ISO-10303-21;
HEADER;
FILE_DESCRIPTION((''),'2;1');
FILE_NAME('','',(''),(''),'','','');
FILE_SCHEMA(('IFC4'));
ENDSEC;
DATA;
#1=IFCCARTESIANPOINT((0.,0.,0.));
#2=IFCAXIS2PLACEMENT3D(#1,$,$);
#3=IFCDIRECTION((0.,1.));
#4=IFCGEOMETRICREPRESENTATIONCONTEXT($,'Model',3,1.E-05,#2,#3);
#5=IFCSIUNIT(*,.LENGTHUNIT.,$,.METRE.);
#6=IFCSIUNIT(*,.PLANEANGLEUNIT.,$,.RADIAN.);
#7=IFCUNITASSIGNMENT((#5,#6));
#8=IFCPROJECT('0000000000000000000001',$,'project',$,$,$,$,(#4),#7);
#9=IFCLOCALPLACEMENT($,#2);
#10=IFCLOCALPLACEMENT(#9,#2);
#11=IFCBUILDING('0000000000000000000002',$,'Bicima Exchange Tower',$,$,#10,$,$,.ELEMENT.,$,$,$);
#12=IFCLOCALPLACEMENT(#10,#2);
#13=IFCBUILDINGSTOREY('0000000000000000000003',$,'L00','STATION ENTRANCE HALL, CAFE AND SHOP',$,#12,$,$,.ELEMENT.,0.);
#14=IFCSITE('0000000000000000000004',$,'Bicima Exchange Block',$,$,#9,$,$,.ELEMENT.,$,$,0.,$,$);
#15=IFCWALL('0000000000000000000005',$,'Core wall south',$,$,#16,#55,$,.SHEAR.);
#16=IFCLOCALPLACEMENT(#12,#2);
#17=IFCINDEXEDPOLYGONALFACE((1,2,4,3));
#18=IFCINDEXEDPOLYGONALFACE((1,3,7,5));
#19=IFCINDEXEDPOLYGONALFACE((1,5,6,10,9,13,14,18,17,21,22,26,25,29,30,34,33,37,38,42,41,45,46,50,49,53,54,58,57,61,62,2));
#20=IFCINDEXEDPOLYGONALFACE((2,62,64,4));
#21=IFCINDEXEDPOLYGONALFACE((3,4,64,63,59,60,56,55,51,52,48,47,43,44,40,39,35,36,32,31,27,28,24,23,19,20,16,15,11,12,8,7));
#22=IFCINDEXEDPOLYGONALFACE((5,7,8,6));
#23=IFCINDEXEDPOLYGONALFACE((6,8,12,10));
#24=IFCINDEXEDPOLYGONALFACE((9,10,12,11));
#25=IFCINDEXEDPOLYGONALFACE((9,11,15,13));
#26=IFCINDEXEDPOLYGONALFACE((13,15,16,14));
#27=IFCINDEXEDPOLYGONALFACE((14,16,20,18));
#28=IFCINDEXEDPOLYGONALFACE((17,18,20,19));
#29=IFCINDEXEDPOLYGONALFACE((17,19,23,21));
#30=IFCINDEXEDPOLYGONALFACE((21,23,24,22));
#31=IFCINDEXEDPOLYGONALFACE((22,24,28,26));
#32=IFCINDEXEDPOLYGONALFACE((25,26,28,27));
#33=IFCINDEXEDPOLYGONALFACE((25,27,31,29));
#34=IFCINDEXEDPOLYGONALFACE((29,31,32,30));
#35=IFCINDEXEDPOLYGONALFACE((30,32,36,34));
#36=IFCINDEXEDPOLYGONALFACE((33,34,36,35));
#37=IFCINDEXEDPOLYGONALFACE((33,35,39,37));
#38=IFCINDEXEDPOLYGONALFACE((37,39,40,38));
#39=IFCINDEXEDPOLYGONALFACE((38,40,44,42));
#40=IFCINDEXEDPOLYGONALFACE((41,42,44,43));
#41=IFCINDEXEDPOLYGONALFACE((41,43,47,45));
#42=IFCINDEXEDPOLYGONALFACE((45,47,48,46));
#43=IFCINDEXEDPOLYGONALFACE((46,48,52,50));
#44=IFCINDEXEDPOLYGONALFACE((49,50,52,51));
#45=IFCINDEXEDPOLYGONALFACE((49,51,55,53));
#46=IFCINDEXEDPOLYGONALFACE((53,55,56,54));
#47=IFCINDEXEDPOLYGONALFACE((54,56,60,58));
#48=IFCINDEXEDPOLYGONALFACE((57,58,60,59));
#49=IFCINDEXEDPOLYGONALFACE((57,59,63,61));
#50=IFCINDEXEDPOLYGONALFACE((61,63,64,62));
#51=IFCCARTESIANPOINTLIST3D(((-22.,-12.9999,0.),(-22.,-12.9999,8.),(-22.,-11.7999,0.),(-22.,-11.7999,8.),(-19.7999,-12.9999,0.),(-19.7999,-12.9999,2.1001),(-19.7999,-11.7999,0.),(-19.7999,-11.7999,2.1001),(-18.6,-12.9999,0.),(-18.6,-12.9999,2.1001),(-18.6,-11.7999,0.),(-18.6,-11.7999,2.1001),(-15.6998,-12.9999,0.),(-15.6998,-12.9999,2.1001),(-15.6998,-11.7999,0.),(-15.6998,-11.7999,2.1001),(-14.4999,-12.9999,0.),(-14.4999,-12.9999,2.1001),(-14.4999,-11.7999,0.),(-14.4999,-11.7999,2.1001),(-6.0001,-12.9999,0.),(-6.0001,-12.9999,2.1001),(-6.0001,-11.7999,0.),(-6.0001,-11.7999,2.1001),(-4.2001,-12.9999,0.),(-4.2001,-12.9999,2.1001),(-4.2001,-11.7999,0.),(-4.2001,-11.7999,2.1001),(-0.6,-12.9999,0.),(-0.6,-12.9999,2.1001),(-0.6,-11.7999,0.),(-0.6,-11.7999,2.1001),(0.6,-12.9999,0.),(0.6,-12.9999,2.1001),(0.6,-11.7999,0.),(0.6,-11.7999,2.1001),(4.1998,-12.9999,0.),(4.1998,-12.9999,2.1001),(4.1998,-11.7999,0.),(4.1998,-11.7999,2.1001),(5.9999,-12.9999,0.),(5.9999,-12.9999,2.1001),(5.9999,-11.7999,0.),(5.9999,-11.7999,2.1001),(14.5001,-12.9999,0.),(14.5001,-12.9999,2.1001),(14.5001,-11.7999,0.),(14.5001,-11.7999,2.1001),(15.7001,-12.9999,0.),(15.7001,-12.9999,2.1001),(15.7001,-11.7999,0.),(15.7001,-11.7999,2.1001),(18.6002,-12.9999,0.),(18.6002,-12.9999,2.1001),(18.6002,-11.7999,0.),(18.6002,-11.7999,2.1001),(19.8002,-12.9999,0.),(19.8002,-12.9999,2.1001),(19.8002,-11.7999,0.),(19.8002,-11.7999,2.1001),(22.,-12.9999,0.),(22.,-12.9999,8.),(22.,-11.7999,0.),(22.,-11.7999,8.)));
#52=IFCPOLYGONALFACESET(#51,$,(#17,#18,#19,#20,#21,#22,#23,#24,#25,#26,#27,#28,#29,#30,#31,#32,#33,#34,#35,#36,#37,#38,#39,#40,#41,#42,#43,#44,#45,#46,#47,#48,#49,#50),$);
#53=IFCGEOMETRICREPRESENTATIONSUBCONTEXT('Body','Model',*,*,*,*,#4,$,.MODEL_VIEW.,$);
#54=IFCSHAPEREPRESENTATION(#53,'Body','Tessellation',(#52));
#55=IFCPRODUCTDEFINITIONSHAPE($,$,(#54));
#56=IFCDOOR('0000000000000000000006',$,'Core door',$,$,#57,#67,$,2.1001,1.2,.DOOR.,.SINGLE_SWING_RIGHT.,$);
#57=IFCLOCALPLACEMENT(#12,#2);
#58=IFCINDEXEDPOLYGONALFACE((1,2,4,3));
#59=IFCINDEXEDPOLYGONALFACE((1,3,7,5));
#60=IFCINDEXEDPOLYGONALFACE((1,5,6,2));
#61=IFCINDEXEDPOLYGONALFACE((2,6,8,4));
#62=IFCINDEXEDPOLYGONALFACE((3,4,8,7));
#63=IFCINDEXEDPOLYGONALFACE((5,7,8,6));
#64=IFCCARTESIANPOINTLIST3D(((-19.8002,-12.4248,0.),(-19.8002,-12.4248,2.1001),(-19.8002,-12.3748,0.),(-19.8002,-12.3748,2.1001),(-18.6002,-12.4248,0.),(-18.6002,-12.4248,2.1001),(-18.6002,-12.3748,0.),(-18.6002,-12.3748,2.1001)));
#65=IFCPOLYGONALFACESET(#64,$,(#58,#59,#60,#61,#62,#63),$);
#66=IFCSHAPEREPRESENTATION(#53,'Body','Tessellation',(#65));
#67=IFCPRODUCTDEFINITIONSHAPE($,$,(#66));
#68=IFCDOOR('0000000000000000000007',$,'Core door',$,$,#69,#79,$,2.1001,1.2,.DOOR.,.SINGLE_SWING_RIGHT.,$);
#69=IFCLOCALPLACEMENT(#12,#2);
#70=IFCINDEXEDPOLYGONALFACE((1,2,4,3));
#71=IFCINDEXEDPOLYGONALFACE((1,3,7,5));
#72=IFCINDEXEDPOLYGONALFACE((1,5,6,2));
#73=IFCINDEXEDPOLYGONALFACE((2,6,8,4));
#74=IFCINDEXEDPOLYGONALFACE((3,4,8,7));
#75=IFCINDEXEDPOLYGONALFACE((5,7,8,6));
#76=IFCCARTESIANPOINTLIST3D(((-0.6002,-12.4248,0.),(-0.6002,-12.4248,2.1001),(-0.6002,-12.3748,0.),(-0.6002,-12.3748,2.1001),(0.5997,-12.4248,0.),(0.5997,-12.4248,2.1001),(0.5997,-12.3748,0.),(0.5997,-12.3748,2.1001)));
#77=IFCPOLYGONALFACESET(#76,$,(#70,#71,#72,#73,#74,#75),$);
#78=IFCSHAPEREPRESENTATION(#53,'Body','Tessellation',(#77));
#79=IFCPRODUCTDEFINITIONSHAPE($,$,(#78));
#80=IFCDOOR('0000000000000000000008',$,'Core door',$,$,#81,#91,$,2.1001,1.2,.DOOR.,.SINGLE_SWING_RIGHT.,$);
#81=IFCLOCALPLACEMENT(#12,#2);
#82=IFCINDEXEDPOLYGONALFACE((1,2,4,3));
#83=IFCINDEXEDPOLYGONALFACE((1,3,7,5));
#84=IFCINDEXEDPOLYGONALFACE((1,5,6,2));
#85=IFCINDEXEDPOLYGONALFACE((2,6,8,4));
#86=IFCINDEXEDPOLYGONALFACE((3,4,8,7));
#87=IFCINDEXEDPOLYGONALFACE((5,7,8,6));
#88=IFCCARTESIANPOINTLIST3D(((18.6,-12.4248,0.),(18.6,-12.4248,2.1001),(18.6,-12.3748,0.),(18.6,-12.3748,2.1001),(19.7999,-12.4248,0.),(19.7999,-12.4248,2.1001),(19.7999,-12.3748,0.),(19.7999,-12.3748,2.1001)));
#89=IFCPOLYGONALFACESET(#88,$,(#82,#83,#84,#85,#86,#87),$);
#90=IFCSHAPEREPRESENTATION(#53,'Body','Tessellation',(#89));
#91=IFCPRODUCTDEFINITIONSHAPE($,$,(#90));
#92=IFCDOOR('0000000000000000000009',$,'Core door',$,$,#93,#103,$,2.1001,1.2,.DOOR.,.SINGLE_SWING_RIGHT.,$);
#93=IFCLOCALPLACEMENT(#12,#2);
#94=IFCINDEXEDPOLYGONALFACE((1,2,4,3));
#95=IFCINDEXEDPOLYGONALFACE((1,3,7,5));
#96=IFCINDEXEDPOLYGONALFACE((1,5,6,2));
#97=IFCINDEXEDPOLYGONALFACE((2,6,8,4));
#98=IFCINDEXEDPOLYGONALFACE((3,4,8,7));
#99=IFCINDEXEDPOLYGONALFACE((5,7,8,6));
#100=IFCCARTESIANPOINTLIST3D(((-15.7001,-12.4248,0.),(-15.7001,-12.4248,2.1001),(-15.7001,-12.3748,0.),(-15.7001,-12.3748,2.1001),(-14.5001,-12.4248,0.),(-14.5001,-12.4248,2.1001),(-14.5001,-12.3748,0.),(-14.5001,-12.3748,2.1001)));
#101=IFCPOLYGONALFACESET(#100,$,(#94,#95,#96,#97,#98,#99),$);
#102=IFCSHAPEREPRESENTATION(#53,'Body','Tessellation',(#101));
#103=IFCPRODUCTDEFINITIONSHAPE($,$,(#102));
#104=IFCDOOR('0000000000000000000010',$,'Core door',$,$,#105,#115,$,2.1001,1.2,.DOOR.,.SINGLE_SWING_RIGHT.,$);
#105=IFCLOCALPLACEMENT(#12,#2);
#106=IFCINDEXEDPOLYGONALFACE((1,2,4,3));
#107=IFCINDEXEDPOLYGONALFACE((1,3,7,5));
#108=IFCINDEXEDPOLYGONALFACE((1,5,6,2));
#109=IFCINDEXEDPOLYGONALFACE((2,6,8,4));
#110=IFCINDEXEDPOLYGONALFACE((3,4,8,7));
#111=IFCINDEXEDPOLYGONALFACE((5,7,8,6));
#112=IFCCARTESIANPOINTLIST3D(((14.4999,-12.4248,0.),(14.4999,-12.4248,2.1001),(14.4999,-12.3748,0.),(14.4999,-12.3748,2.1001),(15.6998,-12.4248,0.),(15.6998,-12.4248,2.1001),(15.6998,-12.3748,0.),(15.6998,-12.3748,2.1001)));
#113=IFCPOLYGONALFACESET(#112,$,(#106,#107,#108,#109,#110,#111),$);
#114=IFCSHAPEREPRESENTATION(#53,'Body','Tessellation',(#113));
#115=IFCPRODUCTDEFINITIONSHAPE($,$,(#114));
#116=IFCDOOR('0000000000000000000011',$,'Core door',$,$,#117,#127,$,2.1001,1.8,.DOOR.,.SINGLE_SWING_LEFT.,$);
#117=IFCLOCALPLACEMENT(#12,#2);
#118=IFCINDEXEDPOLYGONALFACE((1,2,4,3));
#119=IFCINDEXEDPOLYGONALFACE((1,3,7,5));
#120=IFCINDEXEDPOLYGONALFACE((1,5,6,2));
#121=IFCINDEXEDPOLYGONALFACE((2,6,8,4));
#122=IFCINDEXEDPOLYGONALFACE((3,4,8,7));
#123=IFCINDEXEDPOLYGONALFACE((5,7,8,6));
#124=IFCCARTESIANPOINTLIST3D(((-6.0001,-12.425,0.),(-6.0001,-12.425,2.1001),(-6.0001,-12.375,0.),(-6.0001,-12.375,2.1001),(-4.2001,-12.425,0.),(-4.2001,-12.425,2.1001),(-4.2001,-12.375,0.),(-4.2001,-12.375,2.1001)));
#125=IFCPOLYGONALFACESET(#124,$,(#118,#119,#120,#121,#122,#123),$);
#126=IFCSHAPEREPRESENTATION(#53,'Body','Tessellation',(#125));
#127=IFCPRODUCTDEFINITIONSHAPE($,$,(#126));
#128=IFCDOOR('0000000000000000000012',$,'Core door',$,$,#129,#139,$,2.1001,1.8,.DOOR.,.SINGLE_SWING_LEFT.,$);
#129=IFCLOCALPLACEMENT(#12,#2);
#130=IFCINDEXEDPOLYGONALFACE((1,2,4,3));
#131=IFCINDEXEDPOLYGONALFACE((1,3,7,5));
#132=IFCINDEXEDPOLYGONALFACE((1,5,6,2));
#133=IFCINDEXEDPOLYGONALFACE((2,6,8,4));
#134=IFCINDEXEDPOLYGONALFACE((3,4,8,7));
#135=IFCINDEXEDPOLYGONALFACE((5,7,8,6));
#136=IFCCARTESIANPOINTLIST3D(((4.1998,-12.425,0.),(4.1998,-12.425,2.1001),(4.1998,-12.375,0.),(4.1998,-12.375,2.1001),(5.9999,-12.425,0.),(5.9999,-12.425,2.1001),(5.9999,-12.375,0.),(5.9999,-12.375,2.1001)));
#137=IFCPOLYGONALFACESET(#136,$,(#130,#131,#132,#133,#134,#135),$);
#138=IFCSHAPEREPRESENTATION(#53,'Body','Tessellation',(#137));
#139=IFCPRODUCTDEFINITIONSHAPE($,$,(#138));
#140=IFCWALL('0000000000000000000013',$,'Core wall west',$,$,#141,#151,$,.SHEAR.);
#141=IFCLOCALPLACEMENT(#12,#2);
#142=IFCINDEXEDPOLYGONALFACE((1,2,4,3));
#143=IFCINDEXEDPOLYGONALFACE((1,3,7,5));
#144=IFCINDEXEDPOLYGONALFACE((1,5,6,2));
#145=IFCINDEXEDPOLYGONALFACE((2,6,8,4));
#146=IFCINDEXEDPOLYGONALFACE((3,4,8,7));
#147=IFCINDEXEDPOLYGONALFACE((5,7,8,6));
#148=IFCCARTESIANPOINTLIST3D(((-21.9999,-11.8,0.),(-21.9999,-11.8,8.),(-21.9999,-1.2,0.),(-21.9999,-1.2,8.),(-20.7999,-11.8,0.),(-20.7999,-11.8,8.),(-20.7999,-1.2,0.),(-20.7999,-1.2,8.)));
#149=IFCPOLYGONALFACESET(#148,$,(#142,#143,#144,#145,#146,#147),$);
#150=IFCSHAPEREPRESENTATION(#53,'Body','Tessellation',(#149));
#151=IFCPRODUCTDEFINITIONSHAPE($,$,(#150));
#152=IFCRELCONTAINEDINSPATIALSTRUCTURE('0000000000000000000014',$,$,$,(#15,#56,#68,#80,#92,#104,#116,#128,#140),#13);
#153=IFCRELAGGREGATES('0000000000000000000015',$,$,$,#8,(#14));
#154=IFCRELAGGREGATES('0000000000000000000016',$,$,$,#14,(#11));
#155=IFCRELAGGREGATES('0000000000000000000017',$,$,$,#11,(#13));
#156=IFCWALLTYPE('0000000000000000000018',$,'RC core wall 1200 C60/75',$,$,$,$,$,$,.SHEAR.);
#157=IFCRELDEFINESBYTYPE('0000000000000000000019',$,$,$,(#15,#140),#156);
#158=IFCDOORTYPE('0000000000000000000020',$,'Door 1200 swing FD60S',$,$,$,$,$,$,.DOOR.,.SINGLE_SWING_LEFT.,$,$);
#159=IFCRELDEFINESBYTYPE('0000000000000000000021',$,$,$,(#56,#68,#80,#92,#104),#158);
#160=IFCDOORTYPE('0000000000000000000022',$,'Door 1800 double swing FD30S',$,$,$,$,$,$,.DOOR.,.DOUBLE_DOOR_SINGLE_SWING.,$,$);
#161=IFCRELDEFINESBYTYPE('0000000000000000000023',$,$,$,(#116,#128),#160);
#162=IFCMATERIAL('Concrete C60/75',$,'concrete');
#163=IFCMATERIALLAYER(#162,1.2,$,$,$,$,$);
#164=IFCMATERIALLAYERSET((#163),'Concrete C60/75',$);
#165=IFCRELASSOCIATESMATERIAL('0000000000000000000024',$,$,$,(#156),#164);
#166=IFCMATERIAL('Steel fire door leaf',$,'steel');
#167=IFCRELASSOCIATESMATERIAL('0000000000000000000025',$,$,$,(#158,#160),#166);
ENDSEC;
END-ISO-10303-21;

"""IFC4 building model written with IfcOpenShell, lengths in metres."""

from ifc_helpers import new_model, si_unit, direction, frame, frame_2d, origin, place, context, subcontext, project, spatial, rectangle, extrude, material, layer, layer_set, type_object, element, fill, save


model = new_model("IFC4")

# Units and contexts
model_context = context("Model", 3, precision=1e-05, world=origin(), true_north=direction((0.0, 1.0)))
body_context = subcontext(model_context, "Body", "Model", "MODEL_VIEW")
ifc_project = project(units=[si_unit("LENGTHUNIT", "METRE"), si_unit("PLANEANGLEUNIT", "RADIAN")], contexts=[model_context])

# Site, building, storey
site_placement = place(None, origin())
site = spatial("IfcSite", under=ifc_project, at=site_placement, Name="Bicima Exchange Block", CompositionType="ELEMENT", RefElevation=0.0)
building_placement = place(site_placement, origin())
building = spatial("IfcBuilding", under=site, at=building_placement, Name="Bicima Exchange Tower", CompositionType="ELEMENT")
storey_placement = place(building_placement, origin())
storey = spatial("IfcBuildingStorey", under=building, at=storey_placement, Name="L00", Description="STATION ENTRANCE HALL, CAFE AND SHOP", CompositionType="ELEMENT", Elevation=0.0)

# Shared definitions
ifc_material_1 = material(Name="Concrete C60/75", Category="concrete")

# Wall, openings, doors
ifc_layer_1 = layer(ifc_material_1, 1.2)
ifc_layer_set_1 = layer_set([ifc_layer_1], Name="Concrete C60/75")
wall_type_1 = type_object("IfcWallType", Name="RC core wall 1200 C60/75", PredefinedType="SHEAR", material=ifc_layer_set_1)
wall_1_placement = place(storey_placement, frame((-22.0, -12.3999, 0.0), z_axis=(0.0, 0.0, 1.0), x_axis=(1.0, 0.0, 0.0)))
wall_1 = element("IfcWall", 1, at=wall_1_placement, inside=storey, type_object=wall_type_1, Name="Core wall south", PredefinedType="SHEAR", context=body_context, shape_type="SweptSolid", body=[
    extrude(rectangle(XDim=44.0, YDim=1.2, at=frame_2d((22.0, 0.0))), origin(), (0.0, 0.0, 1.0), 8.0),
])
opening_1_placement = place(wall_1_placement, frame((2.2, 0.0, 0.0)))
opening_1 = element("IfcOpeningElement", 2, at=opening_1_placement, cuts=wall_1, PredefinedType="OPENING", context=body_context, shape_type="SweptSolid", body=[
    extrude(rectangle(XDim=1.2, YDim=2.1001, at=frame_2d((0.6001, 1.05))), frame((0.0, 0.6118, 0.0), z_axis=(0.0, -1.0, 0.0), x_axis=(1.0, 0.0, 0.0)), (0.0, 0.0, 1.0), 1.2239),
])
opening_2_placement = place(wall_1_placement, frame((21.3999, 0.0, 0.0)))
opening_2 = element("IfcOpeningElement", 3, at=opening_2_placement, cuts=wall_1, PredefinedType="OPENING", context=body_context, shape_type="SweptSolid", body=[
    extrude(rectangle(XDim=1.2, YDim=2.1001, at=frame_2d((0.6001, 1.05))), frame((0.0, 0.6118, 0.0), z_axis=(0.0, -1.0, 0.0), x_axis=(1.0, 0.0, 0.0)), (0.0, 0.0, 1.0), 1.2239),
])
opening_3_placement = place(wall_1_placement, frame((40.6001, 0.0, 0.0)))
opening_3 = element("IfcOpeningElement", 4, at=opening_3_placement, cuts=wall_1, PredefinedType="OPENING", context=body_context, shape_type="SweptSolid", body=[
    extrude(rectangle(XDim=1.2, YDim=2.1001, at=frame_2d((0.6001, 1.05))), frame((0.0, 0.6118, 0.0), z_axis=(0.0, -1.0, 0.0), x_axis=(1.0, 0.0, 0.0)), (0.0, 0.0, 1.0), 1.2239),
])
opening_4_placement = place(wall_1_placement, frame((16.0, 0.0, 0.0)))
opening_4 = element("IfcOpeningElement", 5, at=opening_4_placement, cuts=wall_1, PredefinedType="OPENING", context=body_context, shape_type="SweptSolid", body=[
    extrude(rectangle(XDim=1.8, YDim=2.1001, at=frame_2d((0.8999, 1.05))), frame((0.0, 0.6118, 0.0), z_axis=(0.0, -1.0, 0.0), x_axis=(1.0, 0.0, 0.0)), (0.0, 0.0, 1.0), 1.2239),
])
opening_5_placement = place(wall_1_placement, frame((6.3, 0.0, 0.0)))
opening_5 = element("IfcOpeningElement", 6, at=opening_5_placement, cuts=wall_1, PredefinedType="OPENING", context=body_context, shape_type="SweptSolid", body=[
    extrude(rectangle(XDim=1.2, YDim=2.1001, at=frame_2d((0.6001, 1.05))), frame((0.0, 0.6118, 0.0), z_axis=(0.0, -1.0, 0.0), x_axis=(1.0, 0.0, 0.0)), (0.0, 0.0, 1.0), 1.2239),
])
opening_6_placement = place(wall_1_placement, frame((26.2, 0.0, 0.0)))
opening_6 = element("IfcOpeningElement", 7, at=opening_6_placement, cuts=wall_1, PredefinedType="OPENING", context=body_context, shape_type="SweptSolid", body=[
    extrude(rectangle(XDim=1.8, YDim=2.1001, at=frame_2d((0.8999, 1.05))), frame((0.0, 0.6118, 0.0), z_axis=(0.0, -1.0, 0.0), x_axis=(1.0, 0.0, 0.0)), (0.0, 0.0, 1.0), 1.2239),
])
opening_7_placement = place(wall_1_placement, frame((36.5, 0.0, 0.0)))
opening_7 = element("IfcOpeningElement", 8, at=opening_7_placement, cuts=wall_1, PredefinedType="OPENING", context=body_context, shape_type="SweptSolid", body=[
    extrude(rectangle(XDim=1.2, YDim=2.1001, at=frame_2d((0.6001, 1.05))), frame((0.0, 0.6118, 0.0), z_axis=(0.0, -1.0, 0.0), x_axis=(1.0, 0.0, 0.0)), (0.0, 0.0, 1.0), 1.2239),
])
ifc_material_2 = material(Name="Steel fire door leaf", Category="steel")
door_type_1 = type_object("IfcDoorType", Name="Door 1200 swing FD60S", OperationType="SINGLE_SWING_LEFT", PredefinedType="DOOR", material=ifc_material_2)
door_1_placement = place(opening_1_placement, frame((1.2, 0.0, 0.0), z_axis=(0.0, 0.0, 1.0), x_axis=(-1.0, 0.0, 0.0)))
door_1 = element("IfcDoor", 9, at=door_1_placement, inside=storey, type_object=door_type_1, Name="Core door", OperationType="SINGLE_SWING_RIGHT", OverallHeight=2.1001, OverallWidth=1.2, PredefinedType="DOOR", context=body_context, shape_type="SweptSolid", body=[
    extrude(rectangle(XDim=1.2, YDim=2.1001, at=frame_2d((0.6001, 1.05))), frame((0.0, 0.0249, 0.0), z_axis=(0.0, -1.0, 0.0), x_axis=(1.0, 0.0, 0.0)), (0.0, 0.0, 1.0), 0.05),
])
fill(opening_1, door_1)
door_2_placement = place(opening_2_placement, frame((1.2, 0.0, 0.0), z_axis=(0.0, 0.0, 1.0), x_axis=(-1.0, 0.0, 0.0)))
door_2 = element("IfcDoor", 10, at=door_2_placement, inside=storey, type_object=door_type_1, Name="Core door", OperationType="SINGLE_SWING_RIGHT", OverallHeight=2.1001, OverallWidth=1.2, PredefinedType="DOOR", context=body_context, shape_type="SweptSolid", body=[
    extrude(rectangle(XDim=1.2, YDim=2.1001, at=frame_2d((0.6001, 1.05))), frame((0.0, 0.0249, 0.0), z_axis=(0.0, -1.0, 0.0), x_axis=(1.0, 0.0, 0.0)), (0.0, 0.0, 1.0), 0.05),
])
fill(opening_2, door_2)
door_3_placement = place(opening_3_placement, frame((1.2, 0.0, 0.0), z_axis=(0.0, 0.0, 1.0), x_axis=(-1.0, 0.0, 0.0)))
door_3 = element("IfcDoor", 11, at=door_3_placement, inside=storey, type_object=door_type_1, Name="Core door", OperationType="SINGLE_SWING_RIGHT", OverallHeight=2.1001, OverallWidth=1.2, PredefinedType="DOOR", context=body_context, shape_type="SweptSolid", body=[
    extrude(rectangle(XDim=1.2, YDim=2.1001, at=frame_2d((0.6001, 1.05))), frame((0.0, 0.0249, 0.0), z_axis=(0.0, -1.0, 0.0), x_axis=(1.0, 0.0, 0.0)), (0.0, 0.0, 1.0), 0.05),
])
fill(opening_3, door_3)
door_4_placement = place(opening_5_placement, frame((1.2, 0.0, 0.0), z_axis=(0.0, 0.0, 1.0), x_axis=(-1.0, 0.0, 0.0)))
door_4 = element("IfcDoor", 12, at=door_4_placement, inside=storey, type_object=door_type_1, Name="Core door", OperationType="SINGLE_SWING_RIGHT", OverallHeight=2.1001, OverallWidth=1.2, PredefinedType="DOOR", context=body_context, shape_type="SweptSolid", body=[
    extrude(rectangle(XDim=1.2, YDim=2.1001, at=frame_2d((0.6001, 1.05))), frame((0.0, 0.0249, 0.0), z_axis=(0.0, -1.0, 0.0), x_axis=(1.0, 0.0, 0.0)), (0.0, 0.0, 1.0), 0.05),
])
fill(opening_5, door_4)
door_5_placement = place(opening_7_placement, frame((1.2, 0.0, 0.0), z_axis=(0.0, 0.0, 1.0), x_axis=(-1.0, 0.0, 0.0)))
door_5 = element("IfcDoor", 13, at=door_5_placement, inside=storey, type_object=door_type_1, Name="Core door", OperationType="SINGLE_SWING_RIGHT", OverallHeight=2.1001, OverallWidth=1.2, PredefinedType="DOOR", context=body_context, shape_type="SweptSolid", body=[
    extrude(rectangle(XDim=1.2, YDim=2.1001, at=frame_2d((0.6001, 1.05))), frame((0.0, 0.0249, 0.0), z_axis=(0.0, -1.0, 0.0), x_axis=(1.0, 0.0, 0.0)), (0.0, 0.0, 1.0), 0.05),
])
fill(opening_7, door_5)
door_type_2 = type_object("IfcDoorType", Name="Door 1800 double swing FD30S", OperationType="DOUBLE_DOOR_SINGLE_SWING", PredefinedType="DOOR", material=ifc_material_2)
door_6_placement = place(opening_4_placement, origin())
door_6 = element("IfcDoor", 14, at=door_6_placement, inside=storey, type_object=door_type_2, Name="Core door", OperationType="SINGLE_SWING_LEFT", OverallHeight=2.1001, OverallWidth=1.8, PredefinedType="DOOR", context=body_context, shape_type="SweptSolid", body=[
    extrude(rectangle(XDim=1.8, YDim=2.1001, at=frame_2d((0.8999, 1.05))), frame((0.0, 0.0249, 0.0), z_axis=(0.0, -1.0, 0.0), x_axis=(1.0, 0.0, 0.0)), (0.0, 0.0, 1.0), 0.05),
])
fill(opening_4, door_6)
door_7_placement = place(opening_6_placement, origin())
door_7 = element("IfcDoor", 15, at=door_7_placement, inside=storey, type_object=door_type_2, Name="Core door", OperationType="SINGLE_SWING_LEFT", OverallHeight=2.1001, OverallWidth=1.8, PredefinedType="DOOR", context=body_context, shape_type="SweptSolid", body=[
    extrude(rectangle(XDim=1.8, YDim=2.1001, at=frame_2d((0.8999, 1.05))), frame((0.0, 0.0249, 0.0), z_axis=(0.0, -1.0, 0.0), x_axis=(1.0, 0.0, 0.0)), (0.0, 0.0, 1.0), 0.05),
])
fill(opening_6, door_7)

# Wall
wall_2_placement = place(storey_placement, frame((-21.3999, -11.8, 0.0), z_axis=(0.0, 0.0, 1.0), x_axis=(0.0, 1.0, 0.0)))
element("IfcWall", 16, at=wall_2_placement, inside=storey, type_object=wall_type_1, Name="Core wall west", PredefinedType="SHEAR", context=body_context, shape_type="SweptSolid", body=[
    extrude(rectangle(XDim=10.6001, YDim=1.2, at=frame_2d((5.3, 0.0))), origin(), (0.0, 0.0, 1.0), 8.0),
])

save(model, "model.ifc")
